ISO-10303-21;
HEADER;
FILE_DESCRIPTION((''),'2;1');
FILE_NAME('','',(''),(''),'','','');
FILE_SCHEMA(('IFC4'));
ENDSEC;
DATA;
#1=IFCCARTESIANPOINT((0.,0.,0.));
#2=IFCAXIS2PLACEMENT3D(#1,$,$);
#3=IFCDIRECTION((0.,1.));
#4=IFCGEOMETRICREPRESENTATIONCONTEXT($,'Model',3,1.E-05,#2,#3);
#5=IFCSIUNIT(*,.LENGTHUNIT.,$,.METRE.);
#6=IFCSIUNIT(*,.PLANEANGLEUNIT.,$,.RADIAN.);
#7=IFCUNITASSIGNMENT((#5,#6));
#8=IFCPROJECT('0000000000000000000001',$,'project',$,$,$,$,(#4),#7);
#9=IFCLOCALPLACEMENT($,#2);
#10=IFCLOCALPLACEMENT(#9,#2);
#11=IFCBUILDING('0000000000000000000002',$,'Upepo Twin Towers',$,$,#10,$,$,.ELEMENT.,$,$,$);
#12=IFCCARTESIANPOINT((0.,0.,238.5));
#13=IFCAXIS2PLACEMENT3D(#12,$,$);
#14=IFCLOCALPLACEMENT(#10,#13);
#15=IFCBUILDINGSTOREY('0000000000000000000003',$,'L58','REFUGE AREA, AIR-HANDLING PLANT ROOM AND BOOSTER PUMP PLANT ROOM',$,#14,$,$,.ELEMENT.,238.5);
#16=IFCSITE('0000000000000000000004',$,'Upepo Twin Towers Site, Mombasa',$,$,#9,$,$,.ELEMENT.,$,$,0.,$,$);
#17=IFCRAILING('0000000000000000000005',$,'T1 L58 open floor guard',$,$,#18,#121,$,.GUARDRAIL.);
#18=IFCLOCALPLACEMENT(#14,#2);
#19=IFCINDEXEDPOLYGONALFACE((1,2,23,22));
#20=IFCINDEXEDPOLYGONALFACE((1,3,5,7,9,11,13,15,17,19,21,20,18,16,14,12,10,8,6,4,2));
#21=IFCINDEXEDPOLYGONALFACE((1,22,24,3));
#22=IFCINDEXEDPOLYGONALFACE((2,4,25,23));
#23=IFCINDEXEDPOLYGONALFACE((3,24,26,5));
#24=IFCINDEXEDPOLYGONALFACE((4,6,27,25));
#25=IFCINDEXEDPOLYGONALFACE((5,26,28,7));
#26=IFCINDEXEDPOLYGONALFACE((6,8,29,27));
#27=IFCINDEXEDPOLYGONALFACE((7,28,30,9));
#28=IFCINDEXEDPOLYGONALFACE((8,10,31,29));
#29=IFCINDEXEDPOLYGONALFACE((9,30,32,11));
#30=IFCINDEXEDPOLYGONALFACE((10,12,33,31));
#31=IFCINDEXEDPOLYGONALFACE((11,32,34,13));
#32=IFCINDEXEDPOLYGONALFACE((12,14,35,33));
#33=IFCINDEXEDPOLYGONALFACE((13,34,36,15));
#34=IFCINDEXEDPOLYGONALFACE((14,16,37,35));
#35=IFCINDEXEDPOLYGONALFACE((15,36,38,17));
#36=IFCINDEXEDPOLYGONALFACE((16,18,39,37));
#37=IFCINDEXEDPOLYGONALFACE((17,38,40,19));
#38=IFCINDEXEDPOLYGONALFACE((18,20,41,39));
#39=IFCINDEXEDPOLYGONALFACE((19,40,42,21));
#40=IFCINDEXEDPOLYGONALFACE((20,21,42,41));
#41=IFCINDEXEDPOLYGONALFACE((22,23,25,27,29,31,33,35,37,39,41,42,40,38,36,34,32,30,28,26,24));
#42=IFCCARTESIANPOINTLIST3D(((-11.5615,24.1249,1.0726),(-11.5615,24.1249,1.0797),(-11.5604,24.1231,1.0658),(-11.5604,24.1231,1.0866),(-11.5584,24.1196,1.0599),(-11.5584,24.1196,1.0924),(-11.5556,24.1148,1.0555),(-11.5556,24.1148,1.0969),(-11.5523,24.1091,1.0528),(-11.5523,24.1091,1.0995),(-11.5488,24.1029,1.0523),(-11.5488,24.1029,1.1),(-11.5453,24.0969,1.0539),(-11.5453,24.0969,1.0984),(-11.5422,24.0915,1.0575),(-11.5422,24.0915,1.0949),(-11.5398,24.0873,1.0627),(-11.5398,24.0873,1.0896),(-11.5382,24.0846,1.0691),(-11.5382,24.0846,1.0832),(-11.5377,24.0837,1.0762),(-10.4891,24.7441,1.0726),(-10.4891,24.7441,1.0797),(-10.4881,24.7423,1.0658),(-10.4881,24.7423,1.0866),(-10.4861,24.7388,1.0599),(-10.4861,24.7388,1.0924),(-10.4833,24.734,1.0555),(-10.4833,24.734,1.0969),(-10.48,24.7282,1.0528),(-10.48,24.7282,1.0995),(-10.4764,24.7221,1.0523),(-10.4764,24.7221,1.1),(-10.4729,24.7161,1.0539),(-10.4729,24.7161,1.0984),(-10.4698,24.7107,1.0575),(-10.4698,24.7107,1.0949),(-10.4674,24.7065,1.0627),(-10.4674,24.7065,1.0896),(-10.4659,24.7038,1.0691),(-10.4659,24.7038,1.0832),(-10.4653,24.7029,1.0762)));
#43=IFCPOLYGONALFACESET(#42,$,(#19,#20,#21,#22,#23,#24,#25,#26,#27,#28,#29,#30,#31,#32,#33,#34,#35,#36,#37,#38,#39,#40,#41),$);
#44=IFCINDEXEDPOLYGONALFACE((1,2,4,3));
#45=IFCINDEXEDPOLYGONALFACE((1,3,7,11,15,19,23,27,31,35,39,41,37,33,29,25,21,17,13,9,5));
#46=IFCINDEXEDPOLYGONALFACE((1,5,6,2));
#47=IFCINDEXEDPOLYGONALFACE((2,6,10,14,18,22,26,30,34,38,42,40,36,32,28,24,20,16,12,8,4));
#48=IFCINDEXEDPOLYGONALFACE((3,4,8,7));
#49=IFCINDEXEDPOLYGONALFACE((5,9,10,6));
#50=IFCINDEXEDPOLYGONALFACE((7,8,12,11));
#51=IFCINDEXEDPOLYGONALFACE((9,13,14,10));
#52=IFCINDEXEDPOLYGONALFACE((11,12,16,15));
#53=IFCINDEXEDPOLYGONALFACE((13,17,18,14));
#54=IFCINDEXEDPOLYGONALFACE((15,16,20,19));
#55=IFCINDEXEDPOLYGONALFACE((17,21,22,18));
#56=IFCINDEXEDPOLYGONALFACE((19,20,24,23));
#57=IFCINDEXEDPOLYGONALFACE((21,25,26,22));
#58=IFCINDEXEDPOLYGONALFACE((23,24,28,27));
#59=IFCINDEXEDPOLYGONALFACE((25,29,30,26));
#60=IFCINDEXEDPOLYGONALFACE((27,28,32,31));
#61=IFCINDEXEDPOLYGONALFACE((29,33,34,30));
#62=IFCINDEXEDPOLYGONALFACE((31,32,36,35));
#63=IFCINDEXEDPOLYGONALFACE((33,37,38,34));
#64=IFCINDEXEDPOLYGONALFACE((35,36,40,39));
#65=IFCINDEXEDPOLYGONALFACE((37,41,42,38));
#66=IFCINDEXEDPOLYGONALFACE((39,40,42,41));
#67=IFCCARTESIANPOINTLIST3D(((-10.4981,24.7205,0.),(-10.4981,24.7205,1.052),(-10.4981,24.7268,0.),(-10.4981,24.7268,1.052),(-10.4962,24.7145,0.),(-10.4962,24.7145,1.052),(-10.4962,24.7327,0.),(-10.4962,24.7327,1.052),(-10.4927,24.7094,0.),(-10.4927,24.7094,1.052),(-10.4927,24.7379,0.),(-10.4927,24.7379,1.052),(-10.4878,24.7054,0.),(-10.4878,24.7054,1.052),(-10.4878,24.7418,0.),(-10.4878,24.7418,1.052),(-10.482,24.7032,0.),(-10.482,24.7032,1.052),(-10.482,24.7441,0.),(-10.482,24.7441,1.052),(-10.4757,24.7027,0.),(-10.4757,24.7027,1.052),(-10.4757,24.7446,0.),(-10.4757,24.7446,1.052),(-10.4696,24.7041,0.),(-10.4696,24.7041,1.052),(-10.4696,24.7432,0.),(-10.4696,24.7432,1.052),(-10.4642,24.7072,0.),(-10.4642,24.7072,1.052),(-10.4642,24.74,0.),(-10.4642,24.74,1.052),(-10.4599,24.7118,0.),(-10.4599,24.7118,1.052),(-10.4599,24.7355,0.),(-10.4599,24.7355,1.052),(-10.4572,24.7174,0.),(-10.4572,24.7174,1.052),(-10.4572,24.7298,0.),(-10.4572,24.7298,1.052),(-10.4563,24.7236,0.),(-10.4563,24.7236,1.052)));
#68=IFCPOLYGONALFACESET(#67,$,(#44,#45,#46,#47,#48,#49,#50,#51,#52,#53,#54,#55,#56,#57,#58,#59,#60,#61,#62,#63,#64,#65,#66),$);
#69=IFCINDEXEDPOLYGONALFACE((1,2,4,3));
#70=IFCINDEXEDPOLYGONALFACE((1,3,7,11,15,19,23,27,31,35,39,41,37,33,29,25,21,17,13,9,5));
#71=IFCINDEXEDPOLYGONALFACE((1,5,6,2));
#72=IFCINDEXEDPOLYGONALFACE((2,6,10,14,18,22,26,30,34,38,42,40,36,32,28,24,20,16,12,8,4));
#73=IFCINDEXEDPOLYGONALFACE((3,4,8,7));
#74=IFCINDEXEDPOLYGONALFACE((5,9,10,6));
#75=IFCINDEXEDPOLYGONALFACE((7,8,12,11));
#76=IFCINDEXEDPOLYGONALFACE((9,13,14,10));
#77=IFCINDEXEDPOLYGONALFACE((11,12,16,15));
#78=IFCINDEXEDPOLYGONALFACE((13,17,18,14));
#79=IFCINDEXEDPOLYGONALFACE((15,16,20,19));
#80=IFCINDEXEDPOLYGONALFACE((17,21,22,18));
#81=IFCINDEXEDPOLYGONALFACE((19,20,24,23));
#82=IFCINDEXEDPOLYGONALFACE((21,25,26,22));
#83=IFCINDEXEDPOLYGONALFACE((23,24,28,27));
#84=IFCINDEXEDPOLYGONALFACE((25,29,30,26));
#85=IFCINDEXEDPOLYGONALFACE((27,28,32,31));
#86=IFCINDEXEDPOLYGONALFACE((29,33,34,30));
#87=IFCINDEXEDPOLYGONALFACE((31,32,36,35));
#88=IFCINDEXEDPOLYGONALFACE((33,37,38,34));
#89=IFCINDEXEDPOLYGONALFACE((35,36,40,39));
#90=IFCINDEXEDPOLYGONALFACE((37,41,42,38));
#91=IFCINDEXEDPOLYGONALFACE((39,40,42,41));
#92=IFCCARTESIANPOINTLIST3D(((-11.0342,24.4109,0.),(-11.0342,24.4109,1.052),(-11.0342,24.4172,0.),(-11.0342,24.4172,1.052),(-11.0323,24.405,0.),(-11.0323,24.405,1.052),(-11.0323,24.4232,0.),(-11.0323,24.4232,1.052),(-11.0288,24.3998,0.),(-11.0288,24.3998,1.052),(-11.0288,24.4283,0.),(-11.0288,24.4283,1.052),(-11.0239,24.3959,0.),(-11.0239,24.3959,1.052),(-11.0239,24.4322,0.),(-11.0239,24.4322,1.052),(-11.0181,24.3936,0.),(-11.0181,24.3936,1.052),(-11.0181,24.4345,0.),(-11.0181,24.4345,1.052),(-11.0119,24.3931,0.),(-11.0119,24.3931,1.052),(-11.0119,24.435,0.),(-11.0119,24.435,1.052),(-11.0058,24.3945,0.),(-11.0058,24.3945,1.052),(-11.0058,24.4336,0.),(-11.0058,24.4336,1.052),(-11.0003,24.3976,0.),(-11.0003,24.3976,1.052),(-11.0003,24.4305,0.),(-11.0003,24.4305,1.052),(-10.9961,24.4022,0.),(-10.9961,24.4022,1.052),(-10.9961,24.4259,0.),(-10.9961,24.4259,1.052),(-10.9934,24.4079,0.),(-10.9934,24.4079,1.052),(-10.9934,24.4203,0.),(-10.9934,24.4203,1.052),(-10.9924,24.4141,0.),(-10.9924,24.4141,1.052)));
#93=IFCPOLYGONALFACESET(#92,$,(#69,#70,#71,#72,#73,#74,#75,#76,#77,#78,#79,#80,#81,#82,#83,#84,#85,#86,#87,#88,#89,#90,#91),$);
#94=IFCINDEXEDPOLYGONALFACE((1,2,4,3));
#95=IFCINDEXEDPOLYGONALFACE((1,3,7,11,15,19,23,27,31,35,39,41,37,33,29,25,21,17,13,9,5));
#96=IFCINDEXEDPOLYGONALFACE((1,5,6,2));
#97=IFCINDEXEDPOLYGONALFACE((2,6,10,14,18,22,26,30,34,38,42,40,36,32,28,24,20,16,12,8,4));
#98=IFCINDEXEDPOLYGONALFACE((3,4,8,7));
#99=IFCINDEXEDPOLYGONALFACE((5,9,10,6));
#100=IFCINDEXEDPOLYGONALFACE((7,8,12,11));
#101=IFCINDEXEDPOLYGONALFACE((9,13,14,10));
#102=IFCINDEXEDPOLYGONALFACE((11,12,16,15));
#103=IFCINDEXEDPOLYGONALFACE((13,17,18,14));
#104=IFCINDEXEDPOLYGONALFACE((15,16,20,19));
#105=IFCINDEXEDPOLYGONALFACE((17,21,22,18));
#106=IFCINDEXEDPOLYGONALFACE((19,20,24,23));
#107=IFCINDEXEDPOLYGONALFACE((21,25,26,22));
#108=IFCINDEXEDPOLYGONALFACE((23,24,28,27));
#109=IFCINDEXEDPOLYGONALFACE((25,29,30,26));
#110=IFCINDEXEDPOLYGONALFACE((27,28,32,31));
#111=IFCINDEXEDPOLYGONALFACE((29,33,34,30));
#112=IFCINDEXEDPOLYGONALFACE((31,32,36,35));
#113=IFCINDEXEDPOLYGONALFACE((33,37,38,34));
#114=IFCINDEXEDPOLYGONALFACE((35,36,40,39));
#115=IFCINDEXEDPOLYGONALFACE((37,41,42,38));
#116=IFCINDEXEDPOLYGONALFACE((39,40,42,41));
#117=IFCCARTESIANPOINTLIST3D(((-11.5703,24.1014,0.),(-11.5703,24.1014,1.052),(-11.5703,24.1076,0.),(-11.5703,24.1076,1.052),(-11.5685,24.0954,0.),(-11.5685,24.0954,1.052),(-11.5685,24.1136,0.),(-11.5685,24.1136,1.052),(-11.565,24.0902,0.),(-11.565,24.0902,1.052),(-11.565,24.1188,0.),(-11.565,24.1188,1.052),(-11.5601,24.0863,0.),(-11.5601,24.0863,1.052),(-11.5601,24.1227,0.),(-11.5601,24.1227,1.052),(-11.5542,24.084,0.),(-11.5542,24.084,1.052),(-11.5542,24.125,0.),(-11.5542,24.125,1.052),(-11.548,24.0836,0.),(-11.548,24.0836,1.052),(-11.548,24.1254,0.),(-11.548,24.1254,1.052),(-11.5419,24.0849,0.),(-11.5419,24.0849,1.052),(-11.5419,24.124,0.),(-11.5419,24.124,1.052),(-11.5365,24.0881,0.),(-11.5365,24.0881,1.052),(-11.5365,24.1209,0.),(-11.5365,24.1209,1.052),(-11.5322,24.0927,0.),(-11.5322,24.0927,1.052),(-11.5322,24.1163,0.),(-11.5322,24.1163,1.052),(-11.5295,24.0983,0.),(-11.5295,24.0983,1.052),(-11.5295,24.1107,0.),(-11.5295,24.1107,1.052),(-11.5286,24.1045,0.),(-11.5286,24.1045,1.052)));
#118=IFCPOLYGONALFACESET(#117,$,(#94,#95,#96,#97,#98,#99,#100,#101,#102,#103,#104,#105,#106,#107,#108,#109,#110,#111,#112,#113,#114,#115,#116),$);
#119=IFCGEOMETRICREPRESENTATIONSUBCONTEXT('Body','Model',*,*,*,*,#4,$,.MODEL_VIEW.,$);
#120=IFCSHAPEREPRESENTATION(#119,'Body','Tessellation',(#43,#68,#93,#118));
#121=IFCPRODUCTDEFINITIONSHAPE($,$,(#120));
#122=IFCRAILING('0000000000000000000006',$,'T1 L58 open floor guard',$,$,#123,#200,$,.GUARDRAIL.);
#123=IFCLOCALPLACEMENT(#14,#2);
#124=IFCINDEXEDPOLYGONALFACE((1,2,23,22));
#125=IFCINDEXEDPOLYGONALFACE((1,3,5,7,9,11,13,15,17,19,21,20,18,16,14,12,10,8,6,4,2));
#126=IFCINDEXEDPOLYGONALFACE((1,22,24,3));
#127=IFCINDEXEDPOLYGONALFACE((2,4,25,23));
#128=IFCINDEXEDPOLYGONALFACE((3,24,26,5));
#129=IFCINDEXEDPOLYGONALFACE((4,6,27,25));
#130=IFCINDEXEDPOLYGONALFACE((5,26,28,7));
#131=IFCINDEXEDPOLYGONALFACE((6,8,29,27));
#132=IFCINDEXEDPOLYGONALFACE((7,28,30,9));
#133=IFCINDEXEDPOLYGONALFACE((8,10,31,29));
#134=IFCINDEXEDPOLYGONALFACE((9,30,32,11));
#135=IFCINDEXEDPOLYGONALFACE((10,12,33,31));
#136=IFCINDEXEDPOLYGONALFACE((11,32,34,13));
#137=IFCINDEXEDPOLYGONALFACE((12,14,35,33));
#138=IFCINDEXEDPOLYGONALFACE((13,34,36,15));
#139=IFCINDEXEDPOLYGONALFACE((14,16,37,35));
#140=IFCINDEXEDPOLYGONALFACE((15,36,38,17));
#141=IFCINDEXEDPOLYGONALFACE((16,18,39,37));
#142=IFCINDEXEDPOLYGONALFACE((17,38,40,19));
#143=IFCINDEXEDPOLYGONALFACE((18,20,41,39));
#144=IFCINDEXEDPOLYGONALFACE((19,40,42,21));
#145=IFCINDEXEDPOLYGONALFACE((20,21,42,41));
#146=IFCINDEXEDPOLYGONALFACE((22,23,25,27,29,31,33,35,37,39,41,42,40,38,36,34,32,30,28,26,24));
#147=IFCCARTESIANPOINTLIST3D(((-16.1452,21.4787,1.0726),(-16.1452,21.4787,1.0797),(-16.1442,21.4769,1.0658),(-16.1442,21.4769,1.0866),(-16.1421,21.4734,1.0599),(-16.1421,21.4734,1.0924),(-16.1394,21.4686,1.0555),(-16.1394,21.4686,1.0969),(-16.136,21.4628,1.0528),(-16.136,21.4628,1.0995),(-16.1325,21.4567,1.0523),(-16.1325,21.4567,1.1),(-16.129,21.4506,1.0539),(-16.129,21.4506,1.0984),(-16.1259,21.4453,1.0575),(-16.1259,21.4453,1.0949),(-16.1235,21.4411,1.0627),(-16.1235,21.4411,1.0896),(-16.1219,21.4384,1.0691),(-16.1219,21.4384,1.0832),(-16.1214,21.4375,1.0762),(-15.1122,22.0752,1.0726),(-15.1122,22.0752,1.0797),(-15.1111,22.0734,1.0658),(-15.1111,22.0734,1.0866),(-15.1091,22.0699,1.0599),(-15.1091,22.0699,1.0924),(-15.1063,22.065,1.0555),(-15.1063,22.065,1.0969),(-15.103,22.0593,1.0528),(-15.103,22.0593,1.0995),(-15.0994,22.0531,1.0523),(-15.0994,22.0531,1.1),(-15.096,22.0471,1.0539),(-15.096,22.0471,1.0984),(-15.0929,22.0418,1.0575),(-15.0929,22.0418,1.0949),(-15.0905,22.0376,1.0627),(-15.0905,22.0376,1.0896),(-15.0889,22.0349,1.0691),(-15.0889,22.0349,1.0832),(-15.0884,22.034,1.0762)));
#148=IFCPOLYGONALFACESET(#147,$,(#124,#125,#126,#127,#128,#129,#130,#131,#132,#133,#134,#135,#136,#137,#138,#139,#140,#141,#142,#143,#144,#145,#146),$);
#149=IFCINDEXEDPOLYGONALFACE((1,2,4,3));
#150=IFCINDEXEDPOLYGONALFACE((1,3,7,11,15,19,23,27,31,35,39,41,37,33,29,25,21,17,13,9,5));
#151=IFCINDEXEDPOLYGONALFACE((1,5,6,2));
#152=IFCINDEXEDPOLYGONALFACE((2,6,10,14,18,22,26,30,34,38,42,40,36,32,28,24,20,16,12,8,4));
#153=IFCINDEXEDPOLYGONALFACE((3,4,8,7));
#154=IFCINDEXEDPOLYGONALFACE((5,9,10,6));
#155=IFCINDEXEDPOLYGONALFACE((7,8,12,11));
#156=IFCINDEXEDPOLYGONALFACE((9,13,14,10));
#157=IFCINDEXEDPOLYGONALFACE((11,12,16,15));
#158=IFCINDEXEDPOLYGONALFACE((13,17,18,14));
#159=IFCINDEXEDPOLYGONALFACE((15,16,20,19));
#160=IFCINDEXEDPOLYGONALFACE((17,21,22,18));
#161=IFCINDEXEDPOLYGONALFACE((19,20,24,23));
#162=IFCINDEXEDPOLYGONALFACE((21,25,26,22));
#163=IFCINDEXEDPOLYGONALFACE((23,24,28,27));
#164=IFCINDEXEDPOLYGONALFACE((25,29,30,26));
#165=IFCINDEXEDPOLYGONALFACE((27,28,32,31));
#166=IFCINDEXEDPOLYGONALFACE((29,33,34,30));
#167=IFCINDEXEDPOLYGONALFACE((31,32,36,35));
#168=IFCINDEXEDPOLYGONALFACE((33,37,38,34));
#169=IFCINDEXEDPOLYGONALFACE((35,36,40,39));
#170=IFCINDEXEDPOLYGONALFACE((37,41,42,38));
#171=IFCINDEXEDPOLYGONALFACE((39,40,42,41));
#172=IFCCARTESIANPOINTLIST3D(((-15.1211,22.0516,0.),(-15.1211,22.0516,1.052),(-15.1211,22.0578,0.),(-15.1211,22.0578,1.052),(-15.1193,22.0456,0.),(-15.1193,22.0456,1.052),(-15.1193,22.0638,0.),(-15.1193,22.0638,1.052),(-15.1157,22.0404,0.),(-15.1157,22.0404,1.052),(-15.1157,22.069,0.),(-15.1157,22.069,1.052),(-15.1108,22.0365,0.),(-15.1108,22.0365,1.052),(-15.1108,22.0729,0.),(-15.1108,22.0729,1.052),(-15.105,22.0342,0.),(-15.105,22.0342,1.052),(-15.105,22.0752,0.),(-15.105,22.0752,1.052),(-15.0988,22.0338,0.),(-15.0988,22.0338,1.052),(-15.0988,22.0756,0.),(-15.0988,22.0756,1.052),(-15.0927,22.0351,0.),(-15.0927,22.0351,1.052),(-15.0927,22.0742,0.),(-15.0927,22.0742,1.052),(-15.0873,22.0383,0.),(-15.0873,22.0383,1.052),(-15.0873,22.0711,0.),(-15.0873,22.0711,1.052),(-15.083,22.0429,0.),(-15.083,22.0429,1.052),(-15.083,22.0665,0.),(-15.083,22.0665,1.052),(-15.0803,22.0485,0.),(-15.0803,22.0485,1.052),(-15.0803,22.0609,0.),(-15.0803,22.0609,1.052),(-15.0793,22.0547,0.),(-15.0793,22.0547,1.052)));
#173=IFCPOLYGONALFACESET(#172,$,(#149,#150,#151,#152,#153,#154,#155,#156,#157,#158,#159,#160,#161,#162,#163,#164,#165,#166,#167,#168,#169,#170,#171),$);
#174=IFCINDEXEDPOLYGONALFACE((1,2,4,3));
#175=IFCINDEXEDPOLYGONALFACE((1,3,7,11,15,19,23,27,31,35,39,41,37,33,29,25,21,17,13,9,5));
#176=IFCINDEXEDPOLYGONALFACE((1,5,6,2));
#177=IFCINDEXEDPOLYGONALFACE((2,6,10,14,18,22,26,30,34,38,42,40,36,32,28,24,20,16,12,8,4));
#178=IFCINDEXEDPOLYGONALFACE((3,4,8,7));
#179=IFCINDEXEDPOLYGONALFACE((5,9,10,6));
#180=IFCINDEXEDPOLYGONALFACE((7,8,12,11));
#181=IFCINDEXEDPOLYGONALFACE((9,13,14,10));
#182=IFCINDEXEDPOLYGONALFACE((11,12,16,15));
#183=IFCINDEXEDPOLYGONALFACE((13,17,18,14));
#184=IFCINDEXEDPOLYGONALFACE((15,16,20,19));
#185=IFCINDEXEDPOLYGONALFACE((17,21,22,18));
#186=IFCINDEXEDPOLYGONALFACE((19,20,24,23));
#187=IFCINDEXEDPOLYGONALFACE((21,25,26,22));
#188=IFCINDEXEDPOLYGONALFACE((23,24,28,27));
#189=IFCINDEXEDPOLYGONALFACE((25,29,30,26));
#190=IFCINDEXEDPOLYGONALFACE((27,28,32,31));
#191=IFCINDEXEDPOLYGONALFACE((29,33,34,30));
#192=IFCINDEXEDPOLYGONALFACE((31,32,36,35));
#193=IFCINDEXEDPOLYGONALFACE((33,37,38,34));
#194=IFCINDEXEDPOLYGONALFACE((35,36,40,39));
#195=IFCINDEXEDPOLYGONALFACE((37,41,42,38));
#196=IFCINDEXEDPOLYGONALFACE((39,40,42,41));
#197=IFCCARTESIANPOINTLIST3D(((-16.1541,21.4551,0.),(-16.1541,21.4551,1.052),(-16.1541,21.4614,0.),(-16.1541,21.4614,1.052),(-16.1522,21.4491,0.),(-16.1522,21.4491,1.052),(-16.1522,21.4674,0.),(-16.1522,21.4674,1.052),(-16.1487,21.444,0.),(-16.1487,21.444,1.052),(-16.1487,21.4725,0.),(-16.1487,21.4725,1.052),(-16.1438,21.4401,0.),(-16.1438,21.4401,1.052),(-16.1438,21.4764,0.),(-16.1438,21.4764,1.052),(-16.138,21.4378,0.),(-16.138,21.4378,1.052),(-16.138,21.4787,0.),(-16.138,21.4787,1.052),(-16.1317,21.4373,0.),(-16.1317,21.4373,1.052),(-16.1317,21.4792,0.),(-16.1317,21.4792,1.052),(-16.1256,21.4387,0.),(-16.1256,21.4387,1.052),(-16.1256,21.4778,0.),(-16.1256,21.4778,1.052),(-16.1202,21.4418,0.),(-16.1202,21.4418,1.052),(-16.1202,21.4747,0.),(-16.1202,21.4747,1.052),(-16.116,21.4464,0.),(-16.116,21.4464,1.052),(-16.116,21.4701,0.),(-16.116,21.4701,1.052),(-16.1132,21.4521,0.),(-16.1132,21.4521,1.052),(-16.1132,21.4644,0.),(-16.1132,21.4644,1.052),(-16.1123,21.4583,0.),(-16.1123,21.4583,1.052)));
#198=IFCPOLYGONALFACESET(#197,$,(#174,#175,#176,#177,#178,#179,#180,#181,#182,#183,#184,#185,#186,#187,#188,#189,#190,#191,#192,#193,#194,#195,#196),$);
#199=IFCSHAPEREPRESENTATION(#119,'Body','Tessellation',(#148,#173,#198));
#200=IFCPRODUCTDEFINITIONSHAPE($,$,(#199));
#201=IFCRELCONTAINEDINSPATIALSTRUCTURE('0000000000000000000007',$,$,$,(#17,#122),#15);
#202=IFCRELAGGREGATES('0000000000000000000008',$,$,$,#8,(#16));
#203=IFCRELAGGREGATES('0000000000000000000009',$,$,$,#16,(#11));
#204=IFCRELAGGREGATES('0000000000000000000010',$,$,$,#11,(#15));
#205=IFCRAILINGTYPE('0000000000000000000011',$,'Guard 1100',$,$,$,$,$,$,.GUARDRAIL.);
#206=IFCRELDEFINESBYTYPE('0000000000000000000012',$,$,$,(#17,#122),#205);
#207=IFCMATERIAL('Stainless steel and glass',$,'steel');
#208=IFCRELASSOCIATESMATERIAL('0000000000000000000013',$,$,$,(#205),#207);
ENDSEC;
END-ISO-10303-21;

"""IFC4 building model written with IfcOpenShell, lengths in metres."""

from ifc_helpers import new_model, si_unit, direction, frame, origin, origin_2d, place, context, subcontext, project, spatial, circle, extrude, material, type_object, element, save


model = new_model("IFC4")

# Units and contexts
model_context = context("Model", 3, precision=1e-05, world=origin(), true_north=direction((0.0, 1.0)))
body_context = subcontext(model_context, "Body", "Model", "MODEL_VIEW")
ifc_project = project(units=[si_unit("LENGTHUNIT", "METRE"), si_unit("PLANEANGLEUNIT", "RADIAN")], contexts=[model_context])

# Site, building, storey
site_placement = place(None, origin())
site = spatial("IfcSite", under=ifc_project, at=site_placement, Name="Upepo Twin Towers Site, Mombasa", CompositionType="ELEMENT", RefElevation=0.0)
building_placement = place(site_placement, origin())
building = spatial("IfcBuilding", under=site, at=building_placement, Name="Upepo Twin Towers", CompositionType="ELEMENT")
storey_placement = place(building_placement, frame((0.0, 0.0, 238.5)))
storey = spatial("IfcBuildingStorey", under=building, at=storey_placement, Name="L58", Description="REFUGE AREA, AIR-HANDLING PLANT ROOM AND BOOSTER PUMP PLANT ROOM", CompositionType="ELEMENT", Elevation=238.5)

# Railings
ifc_material_1 = material(Name="Stainless steel and glass", Category="steel")
railing_type = type_object("IfcRailingType", Name="Guard 1100", PredefinedType="GUARDRAIL", material=ifc_material_1)
railing_1_placement = place(storey_placement, frame((-10.4773, 24.7236, 0.0)))
element("IfcRailing", 1, at=railing_1_placement, inside=storey, type_object=railing_type, Name="T1 L58 open floor guard", PredefinedType="GUARDRAIL", context=body_context, shape_type="SweptSolid", body=[
    extrude(circle(Radius=0.0239, at=origin_2d()), frame((0.0, 0.0, 1.0762), z_axis=(-0.866002, -0.500041, 0.0), x_axis=(0.500041, -0.866002, 0.0)), (0.0, 0.0, 1.0), 1.2383),
    extrude(circle(Radius=0.021, at=origin_2d()), origin(), (0.0, 0.0, 1.0), 1.052),
    extrude(circle(Radius=0.021, at=origin_2d()), frame((-0.5361, -0.3096, 0.0)), (0.0, 0.0, 1.0), 1.052),
    extrude(circle(Radius=0.021, at=origin_2d()), frame((-1.0723, -0.6191, 0.0)), (0.0, 0.0, 1.0), 1.052),
])
railing_2_placement = place(storey_placement, frame((-15.1003, 22.0547, 0.0)))
element("IfcRailing", 2, at=railing_2_placement, inside=storey, type_object=railing_type, Name="T1 L58 open floor guard", PredefinedType="GUARDRAIL", context=body_context, shape_type="SweptSolid", body=[
    extrude(circle(Radius=0.0239, at=origin_2d()), frame((0.0, 0.0, 1.0762), z_axis=(-0.866005, -0.500035, 0.0), x_axis=(0.500035, -0.866005, 0.0)), (0.0, 0.0, 1.0), 1.1929),
    extrude(circle(Radius=0.021, at=origin_2d()), origin(), (0.0, 0.0, 1.0), 1.052),
    extrude(circle(Radius=0.021, at=origin_2d()), frame((-1.033, -0.5964, 0.0)), (0.0, 0.0, 1.0), 1.052),
])

save(model, "model.ifc")
